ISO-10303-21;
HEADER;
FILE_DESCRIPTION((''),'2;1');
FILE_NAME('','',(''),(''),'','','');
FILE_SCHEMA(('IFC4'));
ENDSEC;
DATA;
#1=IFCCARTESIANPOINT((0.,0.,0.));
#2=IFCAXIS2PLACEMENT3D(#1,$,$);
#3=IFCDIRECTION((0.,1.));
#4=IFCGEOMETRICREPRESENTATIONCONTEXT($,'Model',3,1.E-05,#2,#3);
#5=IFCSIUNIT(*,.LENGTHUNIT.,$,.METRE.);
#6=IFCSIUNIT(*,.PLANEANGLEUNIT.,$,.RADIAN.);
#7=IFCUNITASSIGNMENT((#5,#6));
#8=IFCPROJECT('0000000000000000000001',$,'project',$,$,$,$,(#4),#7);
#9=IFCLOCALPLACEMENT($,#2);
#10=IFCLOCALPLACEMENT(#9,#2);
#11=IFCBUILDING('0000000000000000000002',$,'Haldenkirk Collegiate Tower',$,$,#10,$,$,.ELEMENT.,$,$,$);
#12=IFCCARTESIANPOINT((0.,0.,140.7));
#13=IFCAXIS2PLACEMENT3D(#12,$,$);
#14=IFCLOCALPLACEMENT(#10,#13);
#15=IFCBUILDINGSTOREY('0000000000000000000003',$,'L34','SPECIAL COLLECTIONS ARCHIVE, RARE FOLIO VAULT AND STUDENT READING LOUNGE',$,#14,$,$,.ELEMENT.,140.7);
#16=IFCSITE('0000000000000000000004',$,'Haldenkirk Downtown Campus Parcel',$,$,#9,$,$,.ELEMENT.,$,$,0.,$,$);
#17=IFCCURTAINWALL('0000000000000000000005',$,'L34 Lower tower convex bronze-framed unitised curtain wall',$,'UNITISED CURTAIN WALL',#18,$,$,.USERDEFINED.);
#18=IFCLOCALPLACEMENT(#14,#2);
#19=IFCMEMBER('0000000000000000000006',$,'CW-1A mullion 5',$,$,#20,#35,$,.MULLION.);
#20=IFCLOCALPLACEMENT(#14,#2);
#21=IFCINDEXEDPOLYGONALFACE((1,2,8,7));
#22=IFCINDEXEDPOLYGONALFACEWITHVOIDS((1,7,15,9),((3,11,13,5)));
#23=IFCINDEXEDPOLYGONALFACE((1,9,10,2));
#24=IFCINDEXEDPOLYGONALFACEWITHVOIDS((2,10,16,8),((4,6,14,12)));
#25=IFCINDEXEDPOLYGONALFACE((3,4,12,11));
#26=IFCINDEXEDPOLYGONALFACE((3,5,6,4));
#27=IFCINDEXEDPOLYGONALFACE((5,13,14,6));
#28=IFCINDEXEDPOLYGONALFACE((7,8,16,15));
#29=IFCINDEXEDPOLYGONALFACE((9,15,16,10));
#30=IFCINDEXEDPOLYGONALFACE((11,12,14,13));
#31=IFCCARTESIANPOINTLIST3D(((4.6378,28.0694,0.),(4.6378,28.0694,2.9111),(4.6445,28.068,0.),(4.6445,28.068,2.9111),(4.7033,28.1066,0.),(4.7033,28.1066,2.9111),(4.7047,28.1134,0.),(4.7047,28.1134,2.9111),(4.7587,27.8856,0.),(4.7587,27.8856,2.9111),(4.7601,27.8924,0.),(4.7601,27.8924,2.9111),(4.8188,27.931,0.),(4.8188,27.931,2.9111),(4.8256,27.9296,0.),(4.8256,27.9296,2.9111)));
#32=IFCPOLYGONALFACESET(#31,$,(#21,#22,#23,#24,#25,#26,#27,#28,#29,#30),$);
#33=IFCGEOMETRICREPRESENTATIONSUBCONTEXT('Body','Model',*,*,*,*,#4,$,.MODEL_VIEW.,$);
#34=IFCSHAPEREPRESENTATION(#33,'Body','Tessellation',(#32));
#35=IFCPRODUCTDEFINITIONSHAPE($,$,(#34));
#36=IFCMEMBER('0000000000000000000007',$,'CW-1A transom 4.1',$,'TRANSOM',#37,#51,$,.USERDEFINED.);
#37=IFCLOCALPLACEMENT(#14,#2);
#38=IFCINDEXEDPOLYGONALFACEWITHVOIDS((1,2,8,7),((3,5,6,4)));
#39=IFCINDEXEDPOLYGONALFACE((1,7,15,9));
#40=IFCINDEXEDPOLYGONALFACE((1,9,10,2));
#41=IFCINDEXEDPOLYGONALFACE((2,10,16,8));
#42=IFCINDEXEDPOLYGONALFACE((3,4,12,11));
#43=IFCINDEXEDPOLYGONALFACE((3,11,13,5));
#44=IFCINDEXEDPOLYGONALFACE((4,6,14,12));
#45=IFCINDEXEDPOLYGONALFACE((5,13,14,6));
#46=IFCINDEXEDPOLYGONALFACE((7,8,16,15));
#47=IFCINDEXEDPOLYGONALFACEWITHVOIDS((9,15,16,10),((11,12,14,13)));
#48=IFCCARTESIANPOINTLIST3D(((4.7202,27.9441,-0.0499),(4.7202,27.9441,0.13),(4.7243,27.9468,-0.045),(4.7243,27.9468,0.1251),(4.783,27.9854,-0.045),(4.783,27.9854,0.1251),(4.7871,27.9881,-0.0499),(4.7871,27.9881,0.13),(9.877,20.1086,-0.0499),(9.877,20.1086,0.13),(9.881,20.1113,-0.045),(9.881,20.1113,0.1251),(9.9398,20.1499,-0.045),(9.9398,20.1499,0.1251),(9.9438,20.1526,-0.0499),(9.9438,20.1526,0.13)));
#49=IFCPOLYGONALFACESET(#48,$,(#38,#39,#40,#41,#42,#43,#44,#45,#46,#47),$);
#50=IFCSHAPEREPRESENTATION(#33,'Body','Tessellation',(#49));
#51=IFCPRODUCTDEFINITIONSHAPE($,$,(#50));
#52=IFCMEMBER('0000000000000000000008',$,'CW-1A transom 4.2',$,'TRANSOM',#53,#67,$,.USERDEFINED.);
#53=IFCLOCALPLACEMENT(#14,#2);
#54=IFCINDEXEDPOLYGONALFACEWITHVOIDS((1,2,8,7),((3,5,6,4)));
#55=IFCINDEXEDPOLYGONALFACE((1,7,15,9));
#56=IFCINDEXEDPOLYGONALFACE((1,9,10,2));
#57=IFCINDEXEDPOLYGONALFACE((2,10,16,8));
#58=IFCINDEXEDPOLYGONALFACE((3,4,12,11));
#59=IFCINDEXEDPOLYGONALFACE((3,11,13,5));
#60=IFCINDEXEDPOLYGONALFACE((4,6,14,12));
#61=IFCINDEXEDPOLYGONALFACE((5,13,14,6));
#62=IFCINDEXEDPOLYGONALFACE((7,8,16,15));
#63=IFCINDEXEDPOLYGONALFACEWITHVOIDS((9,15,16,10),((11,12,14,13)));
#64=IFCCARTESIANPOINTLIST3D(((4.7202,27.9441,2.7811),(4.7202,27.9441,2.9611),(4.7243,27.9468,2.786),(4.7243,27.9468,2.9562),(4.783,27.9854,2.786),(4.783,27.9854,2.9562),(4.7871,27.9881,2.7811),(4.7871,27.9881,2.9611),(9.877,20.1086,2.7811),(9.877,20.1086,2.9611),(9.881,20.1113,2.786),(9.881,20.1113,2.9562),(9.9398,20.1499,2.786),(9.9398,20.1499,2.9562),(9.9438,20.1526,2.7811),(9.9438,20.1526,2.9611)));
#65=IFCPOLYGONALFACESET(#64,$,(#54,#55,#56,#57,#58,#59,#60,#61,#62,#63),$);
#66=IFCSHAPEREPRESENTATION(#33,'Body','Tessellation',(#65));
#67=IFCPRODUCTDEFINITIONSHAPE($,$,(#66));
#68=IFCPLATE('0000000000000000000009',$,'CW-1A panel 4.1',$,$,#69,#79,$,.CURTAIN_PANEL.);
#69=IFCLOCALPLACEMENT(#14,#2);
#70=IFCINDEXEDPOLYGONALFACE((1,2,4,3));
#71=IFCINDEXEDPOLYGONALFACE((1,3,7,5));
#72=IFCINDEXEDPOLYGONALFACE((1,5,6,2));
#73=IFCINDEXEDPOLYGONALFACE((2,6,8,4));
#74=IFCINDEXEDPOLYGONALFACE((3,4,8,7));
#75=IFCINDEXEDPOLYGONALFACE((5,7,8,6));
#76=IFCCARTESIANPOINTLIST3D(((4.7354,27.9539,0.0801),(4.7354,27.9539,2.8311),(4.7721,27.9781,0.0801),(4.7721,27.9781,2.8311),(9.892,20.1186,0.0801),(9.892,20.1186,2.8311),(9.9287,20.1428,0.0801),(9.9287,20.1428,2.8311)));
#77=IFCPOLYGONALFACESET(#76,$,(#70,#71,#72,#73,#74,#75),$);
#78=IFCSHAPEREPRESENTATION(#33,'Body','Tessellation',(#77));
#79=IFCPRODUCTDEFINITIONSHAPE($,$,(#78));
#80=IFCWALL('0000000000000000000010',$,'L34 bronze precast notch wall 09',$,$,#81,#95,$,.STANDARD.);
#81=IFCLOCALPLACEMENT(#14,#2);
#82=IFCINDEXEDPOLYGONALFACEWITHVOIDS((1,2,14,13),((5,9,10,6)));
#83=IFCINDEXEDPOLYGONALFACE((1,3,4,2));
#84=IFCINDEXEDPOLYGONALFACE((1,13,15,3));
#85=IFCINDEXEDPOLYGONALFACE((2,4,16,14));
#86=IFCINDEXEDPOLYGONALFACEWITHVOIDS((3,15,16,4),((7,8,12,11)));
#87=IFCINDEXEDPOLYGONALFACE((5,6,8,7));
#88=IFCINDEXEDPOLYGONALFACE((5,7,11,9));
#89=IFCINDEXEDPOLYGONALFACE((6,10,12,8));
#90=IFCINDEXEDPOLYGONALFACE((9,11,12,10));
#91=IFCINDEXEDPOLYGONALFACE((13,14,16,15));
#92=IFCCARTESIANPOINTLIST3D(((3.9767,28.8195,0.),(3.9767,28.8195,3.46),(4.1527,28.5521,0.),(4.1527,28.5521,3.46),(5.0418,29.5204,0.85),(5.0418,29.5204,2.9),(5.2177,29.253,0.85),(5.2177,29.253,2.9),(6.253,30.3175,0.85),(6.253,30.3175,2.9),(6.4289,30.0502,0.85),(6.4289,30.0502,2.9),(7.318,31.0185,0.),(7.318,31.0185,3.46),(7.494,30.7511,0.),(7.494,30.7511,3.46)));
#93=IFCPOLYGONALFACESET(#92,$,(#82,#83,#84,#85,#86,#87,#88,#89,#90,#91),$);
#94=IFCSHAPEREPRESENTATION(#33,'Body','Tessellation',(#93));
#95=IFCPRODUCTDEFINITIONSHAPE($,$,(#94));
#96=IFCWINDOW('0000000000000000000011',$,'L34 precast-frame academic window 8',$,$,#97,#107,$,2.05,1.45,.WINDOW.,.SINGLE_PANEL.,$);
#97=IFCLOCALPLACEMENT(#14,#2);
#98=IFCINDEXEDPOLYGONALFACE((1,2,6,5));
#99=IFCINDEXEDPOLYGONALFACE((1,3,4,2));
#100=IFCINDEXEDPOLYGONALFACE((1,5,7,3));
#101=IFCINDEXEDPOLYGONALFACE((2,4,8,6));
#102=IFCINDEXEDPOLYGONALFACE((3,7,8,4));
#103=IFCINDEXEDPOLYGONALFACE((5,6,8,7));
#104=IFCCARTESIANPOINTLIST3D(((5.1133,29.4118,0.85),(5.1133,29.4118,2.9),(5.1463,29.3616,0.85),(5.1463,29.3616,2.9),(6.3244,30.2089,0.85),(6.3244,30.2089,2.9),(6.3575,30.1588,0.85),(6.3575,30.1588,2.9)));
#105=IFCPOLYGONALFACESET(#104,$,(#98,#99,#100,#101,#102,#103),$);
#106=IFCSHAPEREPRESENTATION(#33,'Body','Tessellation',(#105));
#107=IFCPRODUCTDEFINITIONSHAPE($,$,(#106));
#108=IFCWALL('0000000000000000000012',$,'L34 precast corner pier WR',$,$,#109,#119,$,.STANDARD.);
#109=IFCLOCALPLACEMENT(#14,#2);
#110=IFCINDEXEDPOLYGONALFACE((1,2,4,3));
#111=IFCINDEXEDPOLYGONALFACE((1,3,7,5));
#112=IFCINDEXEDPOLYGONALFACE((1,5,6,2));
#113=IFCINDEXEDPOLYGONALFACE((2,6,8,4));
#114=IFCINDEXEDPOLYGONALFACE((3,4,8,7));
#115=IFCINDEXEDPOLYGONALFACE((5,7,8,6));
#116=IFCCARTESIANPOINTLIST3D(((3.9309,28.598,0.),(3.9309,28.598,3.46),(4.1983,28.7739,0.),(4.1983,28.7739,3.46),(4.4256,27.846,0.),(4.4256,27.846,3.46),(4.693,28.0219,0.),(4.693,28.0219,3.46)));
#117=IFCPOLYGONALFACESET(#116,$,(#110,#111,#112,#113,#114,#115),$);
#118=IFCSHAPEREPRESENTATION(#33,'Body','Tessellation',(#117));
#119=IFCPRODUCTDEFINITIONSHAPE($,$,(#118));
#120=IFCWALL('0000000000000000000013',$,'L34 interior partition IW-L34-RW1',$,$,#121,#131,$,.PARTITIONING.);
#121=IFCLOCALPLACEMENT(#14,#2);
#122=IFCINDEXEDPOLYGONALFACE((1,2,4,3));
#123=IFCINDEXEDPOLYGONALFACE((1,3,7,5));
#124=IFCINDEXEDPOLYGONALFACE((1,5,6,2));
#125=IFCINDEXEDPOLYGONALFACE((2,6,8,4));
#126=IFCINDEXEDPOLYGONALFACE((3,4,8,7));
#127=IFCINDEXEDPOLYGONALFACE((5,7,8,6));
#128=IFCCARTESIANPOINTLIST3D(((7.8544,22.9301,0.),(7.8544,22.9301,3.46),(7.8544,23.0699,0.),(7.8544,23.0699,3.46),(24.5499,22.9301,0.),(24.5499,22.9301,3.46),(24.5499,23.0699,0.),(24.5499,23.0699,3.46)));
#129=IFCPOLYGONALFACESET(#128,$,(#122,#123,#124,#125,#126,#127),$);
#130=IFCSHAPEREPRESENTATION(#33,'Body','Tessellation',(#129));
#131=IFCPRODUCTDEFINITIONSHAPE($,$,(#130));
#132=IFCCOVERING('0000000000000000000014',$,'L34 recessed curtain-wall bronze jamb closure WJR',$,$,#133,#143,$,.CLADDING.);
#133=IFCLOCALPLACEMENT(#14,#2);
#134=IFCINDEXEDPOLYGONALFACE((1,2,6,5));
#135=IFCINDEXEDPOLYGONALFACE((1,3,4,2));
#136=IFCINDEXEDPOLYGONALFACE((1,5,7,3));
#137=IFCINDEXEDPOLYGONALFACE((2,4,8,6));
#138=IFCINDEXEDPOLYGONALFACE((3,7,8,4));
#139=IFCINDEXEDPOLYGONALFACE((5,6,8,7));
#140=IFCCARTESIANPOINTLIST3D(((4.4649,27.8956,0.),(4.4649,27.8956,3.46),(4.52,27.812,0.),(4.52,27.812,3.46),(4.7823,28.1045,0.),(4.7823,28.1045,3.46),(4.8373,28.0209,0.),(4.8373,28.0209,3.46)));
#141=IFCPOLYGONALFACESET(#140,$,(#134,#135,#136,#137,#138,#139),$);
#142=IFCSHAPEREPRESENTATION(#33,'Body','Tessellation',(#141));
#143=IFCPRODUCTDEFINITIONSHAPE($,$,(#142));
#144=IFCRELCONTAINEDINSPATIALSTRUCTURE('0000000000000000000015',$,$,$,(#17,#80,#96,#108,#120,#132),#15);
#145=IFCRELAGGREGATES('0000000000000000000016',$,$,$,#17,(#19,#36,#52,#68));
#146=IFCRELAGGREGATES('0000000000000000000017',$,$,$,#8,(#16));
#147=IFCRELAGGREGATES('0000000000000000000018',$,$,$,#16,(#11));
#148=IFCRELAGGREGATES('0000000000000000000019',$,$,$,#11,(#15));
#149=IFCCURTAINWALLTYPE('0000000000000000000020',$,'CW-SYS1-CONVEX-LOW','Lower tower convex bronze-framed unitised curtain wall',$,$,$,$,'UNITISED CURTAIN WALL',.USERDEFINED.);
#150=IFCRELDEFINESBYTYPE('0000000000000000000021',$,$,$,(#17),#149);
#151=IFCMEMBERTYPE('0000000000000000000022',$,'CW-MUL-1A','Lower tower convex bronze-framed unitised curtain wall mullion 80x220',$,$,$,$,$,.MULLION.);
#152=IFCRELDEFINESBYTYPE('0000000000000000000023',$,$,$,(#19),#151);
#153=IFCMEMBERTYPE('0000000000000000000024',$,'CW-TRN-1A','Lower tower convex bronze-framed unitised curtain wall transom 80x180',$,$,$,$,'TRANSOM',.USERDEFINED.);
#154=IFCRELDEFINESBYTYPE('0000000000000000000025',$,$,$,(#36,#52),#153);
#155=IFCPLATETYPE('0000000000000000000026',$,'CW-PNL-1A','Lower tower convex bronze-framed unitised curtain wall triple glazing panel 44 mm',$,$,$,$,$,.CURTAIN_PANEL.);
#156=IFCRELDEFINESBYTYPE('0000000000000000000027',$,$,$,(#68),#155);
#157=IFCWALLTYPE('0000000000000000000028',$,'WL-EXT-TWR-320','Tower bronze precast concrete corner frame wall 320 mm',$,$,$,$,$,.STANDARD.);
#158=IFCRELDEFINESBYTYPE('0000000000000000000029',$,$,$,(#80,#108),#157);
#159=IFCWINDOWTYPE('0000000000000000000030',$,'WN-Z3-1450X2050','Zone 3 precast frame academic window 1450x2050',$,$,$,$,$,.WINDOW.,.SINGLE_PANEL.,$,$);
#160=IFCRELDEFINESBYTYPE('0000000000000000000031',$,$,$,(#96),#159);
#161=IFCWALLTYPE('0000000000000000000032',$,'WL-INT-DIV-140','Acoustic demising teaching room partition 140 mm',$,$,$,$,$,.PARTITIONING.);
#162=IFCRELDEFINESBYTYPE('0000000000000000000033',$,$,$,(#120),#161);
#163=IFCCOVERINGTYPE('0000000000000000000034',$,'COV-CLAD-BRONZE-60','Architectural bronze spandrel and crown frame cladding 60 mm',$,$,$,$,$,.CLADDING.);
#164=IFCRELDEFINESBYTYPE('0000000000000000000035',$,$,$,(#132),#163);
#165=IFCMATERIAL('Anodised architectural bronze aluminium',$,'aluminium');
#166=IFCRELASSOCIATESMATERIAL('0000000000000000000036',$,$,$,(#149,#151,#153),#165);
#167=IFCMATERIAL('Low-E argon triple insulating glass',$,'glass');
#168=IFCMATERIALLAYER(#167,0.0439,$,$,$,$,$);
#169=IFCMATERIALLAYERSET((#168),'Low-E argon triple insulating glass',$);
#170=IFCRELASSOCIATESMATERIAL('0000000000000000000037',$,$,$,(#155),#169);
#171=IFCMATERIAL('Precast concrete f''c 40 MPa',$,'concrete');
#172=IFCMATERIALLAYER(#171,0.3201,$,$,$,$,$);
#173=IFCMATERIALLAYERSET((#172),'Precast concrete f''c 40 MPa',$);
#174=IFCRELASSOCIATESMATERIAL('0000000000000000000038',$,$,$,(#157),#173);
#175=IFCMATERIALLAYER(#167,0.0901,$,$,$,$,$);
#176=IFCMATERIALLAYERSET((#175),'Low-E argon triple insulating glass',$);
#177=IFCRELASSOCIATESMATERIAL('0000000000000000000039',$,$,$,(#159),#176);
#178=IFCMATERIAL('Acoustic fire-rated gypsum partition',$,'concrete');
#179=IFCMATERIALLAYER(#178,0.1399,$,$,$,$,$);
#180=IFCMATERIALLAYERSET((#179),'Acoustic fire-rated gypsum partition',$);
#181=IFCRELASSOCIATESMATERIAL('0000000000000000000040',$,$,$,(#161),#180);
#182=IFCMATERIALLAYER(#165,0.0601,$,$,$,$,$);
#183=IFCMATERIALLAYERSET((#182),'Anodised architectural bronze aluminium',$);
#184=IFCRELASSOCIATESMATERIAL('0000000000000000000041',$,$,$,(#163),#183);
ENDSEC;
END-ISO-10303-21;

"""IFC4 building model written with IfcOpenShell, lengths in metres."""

from ifc_helpers import new_model, si_unit, direction, frame, frame_2d, origin, origin_2d, place, context, subcontext, project, spatial, rectangle, hollow_rectangle, extrude, source, transform, mapped, material, layer, layer_set, material_profile, profile_set, type_object, element, fill, aggregate, save


model = new_model("IFC4")

# Units and contexts
model_context = context("Model", 3, precision=1e-05, world=origin(), true_north=direction((0.0, 1.0)))
body_context = subcontext(model_context, "Body", "Model", "MODEL_VIEW")
ifc_project = project(units=[si_unit("LENGTHUNIT", "METRE"), si_unit("PLANEANGLEUNIT", "RADIAN")], contexts=[model_context])

# Site, building, storey
site_placement = place(None, origin())
site = spatial("IfcSite", under=ifc_project, at=site_placement, Name="Haldenkirk Downtown Campus Parcel", CompositionType="ELEMENT", RefElevation=0.0)
building_placement = place(site_placement, origin())
building = spatial("IfcBuilding", under=site, at=building_placement, Name="Haldenkirk Collegiate Tower", CompositionType="ELEMENT")
storey_placement = place(building_placement, frame((0.0, 0.0, 140.7)))
storey = spatial("IfcBuildingStorey", under=building, at=storey_placement, Name="L34", Description="SPECIAL COLLECTIONS ARCHIVE, RARE FOLIO VAULT AND STUDENT READING LOUNGE", CompositionType="ELEMENT", Elevation=140.7)

# Curtain wall, members, plate
ifc_material_1 = material(Name="Anodised architectural bronze aluminium", Category="aluminium")
curtain_wall_type = type_object("IfcCurtainWallType", Name="CW-SYS1-CONVEX-LOW", Description="Lower tower convex bronze-framed unitised curtain wall", ElementType="UNITISED CURTAIN WALL", PredefinedType="USERDEFINED", material=ifc_material_1)
curtain_wall_placement = place(storey_placement, origin())
curtain_wall = element("IfcCurtainWall", 1, at=curtain_wall_placement, inside=storey, type_object=curtain_wall_type, Name="L34 Lower tower convex bronze-framed unitised curtain wall", ObjectType="UNITISED CURTAIN WALL", PredefinedType="USERDEFINED")
ifc_material_profile_1 = material_profile(ifc_material_1, hollow_rectangle(XDim=0.0801, YDim=0.22, WallThickness=0.0049, at=origin_2d()), Name="CW-MUL-1A")
ifc_profile_set_1 = profile_set([ifc_material_profile_1], Name="Anodised architectural bronze aluminium")
member_type_1 = type_object("IfcMemberType", Name="CW-MUL-1A", Description="Lower tower convex bronze-framed unitised curtain wall mullion 80x220", PredefinedType="MULLION", material=ifc_profile_set_1)
member_1_placement = place(storey_placement, frame((4.7317, 27.9995, 0.0), z_axis=(0.0, 0.0, 1.0), x_axis=(-0.835327, -0.549753, 0.0)))
member_1 = element("IfcMember", 2, at=member_1_placement, type_object=member_type_1, Name="CW-1A mullion 5", PredefinedType="MULLION", context=body_context, shape_type="SweptSolid", body=[
    extrude(hollow_rectangle(XDim=0.0801, YDim=0.22, WallThickness=0.0049, at=origin_2d()), origin(), (0.0, 0.0, 1.0), 2.9111),
])
ifc_material_profile_2 = material_profile(ifc_material_1, hollow_rectangle(XDim=0.0801, YDim=0.1799, WallThickness=0.0049, at=origin_2d()), Name="CW-TRN-1A")
ifc_profile_set_2 = profile_set([ifc_material_profile_2], Name="Anodised architectural bronze aluminium")
member_type_2 = type_object("IfcMemberType", Name="CW-TRN-1A", Description="Lower tower convex bronze-framed unitised curtain wall transom 80x180", ElementType="TRANSOM", PredefinedType="USERDEFINED", material=ifc_profile_set_2)
member_2_placement = place(storey_placement, frame((9.9104, 20.1306, 0.04), z_axis=(-0.549753, 0.835327, 0.0), x_axis=(-0.835327, -0.549753, 0.0)))
member_2 = element("IfcMember", 3, at=member_2_placement, type_object=member_type_2, Name="CW-1A transom 4.1", ObjectType="TRANSOM", PredefinedType="USERDEFINED", context=body_context, shape_type="SweptSolid", body=[
    extrude(hollow_rectangle(XDim=0.0801, YDim=0.1799, WallThickness=0.0049, at=origin_2d()), origin(), (0.0, 0.0, 1.0), 9.3801),
])
member_3_placement = place(storey_placement, frame((9.9104, 20.1306, 2.8711), z_axis=(-0.549753, 0.835327, 0.0), x_axis=(-0.835327, -0.549753, 0.0)))
member_3 = element("IfcMember", 4, at=member_3_placement, type_object=member_type_2, Name="CW-1A transom 4.2", ObjectType="TRANSOM", PredefinedType="USERDEFINED", context=body_context, shape_type="SweptSolid", body=[
    extrude(hollow_rectangle(XDim=0.0801, YDim=0.1799, WallThickness=0.0049, at=origin_2d()), origin(), (0.0, 0.0, 1.0), 9.3801),
])
ifc_material_2 = material(Name="Low-E argon triple insulating glass", Category="glass")
ifc_layer_1 = layer(ifc_material_2, 0.0439)
ifc_layer_set_1 = layer_set([ifc_layer_1], Name="Low-E argon triple insulating glass")
plate_type = type_object("IfcPlateType", Name="CW-PNL-1A", Description="Lower tower convex bronze-framed unitised curtain wall triple glazing panel 44 mm", PredefinedType="CURTAIN_PANEL", material=ifc_layer_set_1)
shared_shape_1 = source(origin(), body_context, "Body", "SweptSolid", [
    extrude(rectangle(XDim=9.3799, YDim=0.0439, at=origin_2d()), origin(), (0.0, 0.0, 1.0), 2.751),
])
plate_placement = place(storey_placement, frame((7.332, 24.0483, 0.0801), z_axis=(0.0, 0.0, 1.0), x_axis=(-0.549753, 0.835327, 0.0)))
plate = element("IfcPlate", 5, at=plate_placement, type_object=plate_type, Name="CW-1A panel 4.1", PredefinedType="CURTAIN_PANEL", context=body_context, shape_type="MappedRepresentation", body=[
    mapped(shared_shape_1, transform((0.0, 0.0, 0.0), x_axis=(1.0, 0.0, 0.0), y_axis=(0.0, 1.0, 0.0), z_axis=(0.0, 0.0, 1.0), scale=1.0)),
])
aggregate(curtain_wall, [member_1, member_2, member_3, plate])

# Wall, opening, window
ifc_material_3 = material(Name="Precast concrete f'c 40 MPa", Category="concrete")
ifc_layer_2 = layer(ifc_material_3, 0.3201)
ifc_layer_set_2 = layer_set([ifc_layer_2], Name="Precast concrete f'c 40 MPa")
wall_type_1 = type_object("IfcWallType", Name="WL-EXT-TWR-320", Description="Tower bronze precast concrete corner frame wall 320 mm", PredefinedType="STANDARD", material=ifc_layer_set_2)
wall_1_placement = place(storey_placement, frame((4.0647, 28.6858, 0.0), z_axis=(0.0, 0.0, 1.0), x_axis=(0.835332, 0.549747, 0.0)))
wall_1 = element("IfcWall", 6, at=wall_1_placement, inside=storey, type_object=wall_type_1, Name="L34 bronze precast notch wall 09", PredefinedType="STANDARD", context=body_context, shape_type="SweptSolid", body=[
    extrude(rectangle(XDim=4.0, YDim=0.3201, at=frame_2d((2.0, 0.0))), origin(), (0.0, 0.0, 1.0), 3.46),
])
opening_1_placement = place(wall_1_placement, frame((1.2749, 0.0, 0.8501)))
opening_1 = element("IfcOpeningElement", 7, at=opening_1_placement, cuts=wall_1, PredefinedType="OPENING", context=body_context, shape_type="SweptSolid", body=[
    extrude(rectangle(XDim=1.45, YDim=2.05, at=frame_2d((0.7251, 1.0249))), frame((0.0, 0.1699, 0.0), z_axis=(0.0, -1.0, 0.0), x_axis=(1.0, 0.0, 0.0)), (0.0, 0.0, 1.0), 0.3401),
])
ifc_layer_3 = layer(ifc_material_2, 0.0901)
ifc_layer_set_3 = layer_set([ifc_layer_3], Name="Low-E argon triple insulating glass")
window_type = type_object("IfcWindowType", Name="WN-Z3-1450X2050", Description="Zone 3 precast frame academic window 1450x2050", PartitioningType="SINGLE_PANEL", PredefinedType="WINDOW", material=ifc_layer_set_3)
window_placement = place(opening_1_placement, origin())
window = element("IfcWindow", 8, at=window_placement, inside=storey, type_object=window_type, Name="L34 precast-frame academic window 8", OverallHeight=2.05, OverallWidth=1.45, PartitioningType="SINGLE_PANEL", PredefinedType="WINDOW", context=body_context, shape_type="SweptSolid", body=[
    extrude(rectangle(XDim=1.45, YDim=2.05, at=frame_2d((0.7251, 1.0249))), frame((0.0, 0.03, 0.0), z_axis=(0.0, -1.0, 0.0), x_axis=(1.0, 0.0, 0.0)), (0.0, 0.0, 1.0), 0.0601),
])
fill(opening_1, window)

# Wall
wall_2_placement = place(storey_placement, frame((4.5593, 27.9338, 0.0), z_axis=(0.0, 0.0, 1.0), x_axis=(-0.549557, 0.835456, 0.0)))
element("IfcWall", 9, at=wall_2_placement, inside=storey, type_object=wall_type_1, Name="L34 precast corner pier WR", PredefinedType="STANDARD", context=body_context, shape_type="SweptSolid", body=[
    extrude(rectangle(XDim=0.9001, YDim=0.3201, at=frame_2d((0.4502, 0.0))), origin(), (0.0, 0.0, 1.0), 3.46),
])

# Shared definitions
ifc_material_4 = material(Name="Acoustic fire-rated gypsum partition", Category="concrete")

# Wall
ifc_layer_4 = layer(ifc_material_4, 0.1399)
ifc_layer_set_4 = layer_set([ifc_layer_4], Name="Acoustic fire-rated gypsum partition")
wall_type_2 = type_object("IfcWallType", Name="WL-INT-DIV-140", Description="Acoustic demising teaching room partition 140 mm", PredefinedType="PARTITIONING", material=ifc_layer_set_4)
wall_3_placement = place(storey_placement, frame((7.8545, 23.0, 0.0), z_axis=(0.0, 0.0, 1.0), x_axis=(1.0, 0.0, 0.0)))
element("IfcWall", 10, at=wall_3_placement, inside=storey, type_object=wall_type_2, Name="L34 interior partition IW-L34-RW1", PredefinedType="PARTITIONING", context=body_context, shape_type="SweptSolid", body=[
    extrude(rectangle(XDim=16.6956, YDim=0.1399, at=frame_2d((8.3477, 0.0))), origin(), (0.0, 0.0, 1.0), 3.46),
])

# Covering
ifc_layer_5 = layer(ifc_material_1, 0.0601)
ifc_layer_set_5 = layer_set([ifc_layer_5], Name="Anodised architectural bronze aluminium")
covering_type = type_object("IfcCoveringType", Name="COV-CLAD-BRONZE-60", Description="Architectural bronze spandrel and crown frame cladding 60 mm", PredefinedType="CLADDING", material=ifc_layer_set_5)
shared_shape_2 = source(origin(), body_context, "Body", "SweptSolid", [
    extrude(rectangle(XDim=0.1001, YDim=0.3799, at=origin_2d()), origin(), (0.0, 0.0, 1.0), 3.46),
])
covering_placement = place(storey_placement, frame((4.6511, 27.9583, 0.0), z_axis=(0.0, 0.0, 1.0), x_axis=(-0.549752, 0.835328, 0.0)))
element("IfcCovering", 11, at=covering_placement, inside=storey, type_object=covering_type, Name="L34 recessed curtain-wall bronze jamb closure WJR", PredefinedType="CLADDING", context=body_context, shape_type="MappedRepresentation", body=[
    mapped(shared_shape_2, transform((0.0, 0.0, 0.0), x_axis=(1.0, 0.0, 0.0), y_axis=(0.0, 1.0, 0.0), z_axis=(0.0, 0.0, 1.0), scale=1.0)),
])

save(model, "model.ifc")
